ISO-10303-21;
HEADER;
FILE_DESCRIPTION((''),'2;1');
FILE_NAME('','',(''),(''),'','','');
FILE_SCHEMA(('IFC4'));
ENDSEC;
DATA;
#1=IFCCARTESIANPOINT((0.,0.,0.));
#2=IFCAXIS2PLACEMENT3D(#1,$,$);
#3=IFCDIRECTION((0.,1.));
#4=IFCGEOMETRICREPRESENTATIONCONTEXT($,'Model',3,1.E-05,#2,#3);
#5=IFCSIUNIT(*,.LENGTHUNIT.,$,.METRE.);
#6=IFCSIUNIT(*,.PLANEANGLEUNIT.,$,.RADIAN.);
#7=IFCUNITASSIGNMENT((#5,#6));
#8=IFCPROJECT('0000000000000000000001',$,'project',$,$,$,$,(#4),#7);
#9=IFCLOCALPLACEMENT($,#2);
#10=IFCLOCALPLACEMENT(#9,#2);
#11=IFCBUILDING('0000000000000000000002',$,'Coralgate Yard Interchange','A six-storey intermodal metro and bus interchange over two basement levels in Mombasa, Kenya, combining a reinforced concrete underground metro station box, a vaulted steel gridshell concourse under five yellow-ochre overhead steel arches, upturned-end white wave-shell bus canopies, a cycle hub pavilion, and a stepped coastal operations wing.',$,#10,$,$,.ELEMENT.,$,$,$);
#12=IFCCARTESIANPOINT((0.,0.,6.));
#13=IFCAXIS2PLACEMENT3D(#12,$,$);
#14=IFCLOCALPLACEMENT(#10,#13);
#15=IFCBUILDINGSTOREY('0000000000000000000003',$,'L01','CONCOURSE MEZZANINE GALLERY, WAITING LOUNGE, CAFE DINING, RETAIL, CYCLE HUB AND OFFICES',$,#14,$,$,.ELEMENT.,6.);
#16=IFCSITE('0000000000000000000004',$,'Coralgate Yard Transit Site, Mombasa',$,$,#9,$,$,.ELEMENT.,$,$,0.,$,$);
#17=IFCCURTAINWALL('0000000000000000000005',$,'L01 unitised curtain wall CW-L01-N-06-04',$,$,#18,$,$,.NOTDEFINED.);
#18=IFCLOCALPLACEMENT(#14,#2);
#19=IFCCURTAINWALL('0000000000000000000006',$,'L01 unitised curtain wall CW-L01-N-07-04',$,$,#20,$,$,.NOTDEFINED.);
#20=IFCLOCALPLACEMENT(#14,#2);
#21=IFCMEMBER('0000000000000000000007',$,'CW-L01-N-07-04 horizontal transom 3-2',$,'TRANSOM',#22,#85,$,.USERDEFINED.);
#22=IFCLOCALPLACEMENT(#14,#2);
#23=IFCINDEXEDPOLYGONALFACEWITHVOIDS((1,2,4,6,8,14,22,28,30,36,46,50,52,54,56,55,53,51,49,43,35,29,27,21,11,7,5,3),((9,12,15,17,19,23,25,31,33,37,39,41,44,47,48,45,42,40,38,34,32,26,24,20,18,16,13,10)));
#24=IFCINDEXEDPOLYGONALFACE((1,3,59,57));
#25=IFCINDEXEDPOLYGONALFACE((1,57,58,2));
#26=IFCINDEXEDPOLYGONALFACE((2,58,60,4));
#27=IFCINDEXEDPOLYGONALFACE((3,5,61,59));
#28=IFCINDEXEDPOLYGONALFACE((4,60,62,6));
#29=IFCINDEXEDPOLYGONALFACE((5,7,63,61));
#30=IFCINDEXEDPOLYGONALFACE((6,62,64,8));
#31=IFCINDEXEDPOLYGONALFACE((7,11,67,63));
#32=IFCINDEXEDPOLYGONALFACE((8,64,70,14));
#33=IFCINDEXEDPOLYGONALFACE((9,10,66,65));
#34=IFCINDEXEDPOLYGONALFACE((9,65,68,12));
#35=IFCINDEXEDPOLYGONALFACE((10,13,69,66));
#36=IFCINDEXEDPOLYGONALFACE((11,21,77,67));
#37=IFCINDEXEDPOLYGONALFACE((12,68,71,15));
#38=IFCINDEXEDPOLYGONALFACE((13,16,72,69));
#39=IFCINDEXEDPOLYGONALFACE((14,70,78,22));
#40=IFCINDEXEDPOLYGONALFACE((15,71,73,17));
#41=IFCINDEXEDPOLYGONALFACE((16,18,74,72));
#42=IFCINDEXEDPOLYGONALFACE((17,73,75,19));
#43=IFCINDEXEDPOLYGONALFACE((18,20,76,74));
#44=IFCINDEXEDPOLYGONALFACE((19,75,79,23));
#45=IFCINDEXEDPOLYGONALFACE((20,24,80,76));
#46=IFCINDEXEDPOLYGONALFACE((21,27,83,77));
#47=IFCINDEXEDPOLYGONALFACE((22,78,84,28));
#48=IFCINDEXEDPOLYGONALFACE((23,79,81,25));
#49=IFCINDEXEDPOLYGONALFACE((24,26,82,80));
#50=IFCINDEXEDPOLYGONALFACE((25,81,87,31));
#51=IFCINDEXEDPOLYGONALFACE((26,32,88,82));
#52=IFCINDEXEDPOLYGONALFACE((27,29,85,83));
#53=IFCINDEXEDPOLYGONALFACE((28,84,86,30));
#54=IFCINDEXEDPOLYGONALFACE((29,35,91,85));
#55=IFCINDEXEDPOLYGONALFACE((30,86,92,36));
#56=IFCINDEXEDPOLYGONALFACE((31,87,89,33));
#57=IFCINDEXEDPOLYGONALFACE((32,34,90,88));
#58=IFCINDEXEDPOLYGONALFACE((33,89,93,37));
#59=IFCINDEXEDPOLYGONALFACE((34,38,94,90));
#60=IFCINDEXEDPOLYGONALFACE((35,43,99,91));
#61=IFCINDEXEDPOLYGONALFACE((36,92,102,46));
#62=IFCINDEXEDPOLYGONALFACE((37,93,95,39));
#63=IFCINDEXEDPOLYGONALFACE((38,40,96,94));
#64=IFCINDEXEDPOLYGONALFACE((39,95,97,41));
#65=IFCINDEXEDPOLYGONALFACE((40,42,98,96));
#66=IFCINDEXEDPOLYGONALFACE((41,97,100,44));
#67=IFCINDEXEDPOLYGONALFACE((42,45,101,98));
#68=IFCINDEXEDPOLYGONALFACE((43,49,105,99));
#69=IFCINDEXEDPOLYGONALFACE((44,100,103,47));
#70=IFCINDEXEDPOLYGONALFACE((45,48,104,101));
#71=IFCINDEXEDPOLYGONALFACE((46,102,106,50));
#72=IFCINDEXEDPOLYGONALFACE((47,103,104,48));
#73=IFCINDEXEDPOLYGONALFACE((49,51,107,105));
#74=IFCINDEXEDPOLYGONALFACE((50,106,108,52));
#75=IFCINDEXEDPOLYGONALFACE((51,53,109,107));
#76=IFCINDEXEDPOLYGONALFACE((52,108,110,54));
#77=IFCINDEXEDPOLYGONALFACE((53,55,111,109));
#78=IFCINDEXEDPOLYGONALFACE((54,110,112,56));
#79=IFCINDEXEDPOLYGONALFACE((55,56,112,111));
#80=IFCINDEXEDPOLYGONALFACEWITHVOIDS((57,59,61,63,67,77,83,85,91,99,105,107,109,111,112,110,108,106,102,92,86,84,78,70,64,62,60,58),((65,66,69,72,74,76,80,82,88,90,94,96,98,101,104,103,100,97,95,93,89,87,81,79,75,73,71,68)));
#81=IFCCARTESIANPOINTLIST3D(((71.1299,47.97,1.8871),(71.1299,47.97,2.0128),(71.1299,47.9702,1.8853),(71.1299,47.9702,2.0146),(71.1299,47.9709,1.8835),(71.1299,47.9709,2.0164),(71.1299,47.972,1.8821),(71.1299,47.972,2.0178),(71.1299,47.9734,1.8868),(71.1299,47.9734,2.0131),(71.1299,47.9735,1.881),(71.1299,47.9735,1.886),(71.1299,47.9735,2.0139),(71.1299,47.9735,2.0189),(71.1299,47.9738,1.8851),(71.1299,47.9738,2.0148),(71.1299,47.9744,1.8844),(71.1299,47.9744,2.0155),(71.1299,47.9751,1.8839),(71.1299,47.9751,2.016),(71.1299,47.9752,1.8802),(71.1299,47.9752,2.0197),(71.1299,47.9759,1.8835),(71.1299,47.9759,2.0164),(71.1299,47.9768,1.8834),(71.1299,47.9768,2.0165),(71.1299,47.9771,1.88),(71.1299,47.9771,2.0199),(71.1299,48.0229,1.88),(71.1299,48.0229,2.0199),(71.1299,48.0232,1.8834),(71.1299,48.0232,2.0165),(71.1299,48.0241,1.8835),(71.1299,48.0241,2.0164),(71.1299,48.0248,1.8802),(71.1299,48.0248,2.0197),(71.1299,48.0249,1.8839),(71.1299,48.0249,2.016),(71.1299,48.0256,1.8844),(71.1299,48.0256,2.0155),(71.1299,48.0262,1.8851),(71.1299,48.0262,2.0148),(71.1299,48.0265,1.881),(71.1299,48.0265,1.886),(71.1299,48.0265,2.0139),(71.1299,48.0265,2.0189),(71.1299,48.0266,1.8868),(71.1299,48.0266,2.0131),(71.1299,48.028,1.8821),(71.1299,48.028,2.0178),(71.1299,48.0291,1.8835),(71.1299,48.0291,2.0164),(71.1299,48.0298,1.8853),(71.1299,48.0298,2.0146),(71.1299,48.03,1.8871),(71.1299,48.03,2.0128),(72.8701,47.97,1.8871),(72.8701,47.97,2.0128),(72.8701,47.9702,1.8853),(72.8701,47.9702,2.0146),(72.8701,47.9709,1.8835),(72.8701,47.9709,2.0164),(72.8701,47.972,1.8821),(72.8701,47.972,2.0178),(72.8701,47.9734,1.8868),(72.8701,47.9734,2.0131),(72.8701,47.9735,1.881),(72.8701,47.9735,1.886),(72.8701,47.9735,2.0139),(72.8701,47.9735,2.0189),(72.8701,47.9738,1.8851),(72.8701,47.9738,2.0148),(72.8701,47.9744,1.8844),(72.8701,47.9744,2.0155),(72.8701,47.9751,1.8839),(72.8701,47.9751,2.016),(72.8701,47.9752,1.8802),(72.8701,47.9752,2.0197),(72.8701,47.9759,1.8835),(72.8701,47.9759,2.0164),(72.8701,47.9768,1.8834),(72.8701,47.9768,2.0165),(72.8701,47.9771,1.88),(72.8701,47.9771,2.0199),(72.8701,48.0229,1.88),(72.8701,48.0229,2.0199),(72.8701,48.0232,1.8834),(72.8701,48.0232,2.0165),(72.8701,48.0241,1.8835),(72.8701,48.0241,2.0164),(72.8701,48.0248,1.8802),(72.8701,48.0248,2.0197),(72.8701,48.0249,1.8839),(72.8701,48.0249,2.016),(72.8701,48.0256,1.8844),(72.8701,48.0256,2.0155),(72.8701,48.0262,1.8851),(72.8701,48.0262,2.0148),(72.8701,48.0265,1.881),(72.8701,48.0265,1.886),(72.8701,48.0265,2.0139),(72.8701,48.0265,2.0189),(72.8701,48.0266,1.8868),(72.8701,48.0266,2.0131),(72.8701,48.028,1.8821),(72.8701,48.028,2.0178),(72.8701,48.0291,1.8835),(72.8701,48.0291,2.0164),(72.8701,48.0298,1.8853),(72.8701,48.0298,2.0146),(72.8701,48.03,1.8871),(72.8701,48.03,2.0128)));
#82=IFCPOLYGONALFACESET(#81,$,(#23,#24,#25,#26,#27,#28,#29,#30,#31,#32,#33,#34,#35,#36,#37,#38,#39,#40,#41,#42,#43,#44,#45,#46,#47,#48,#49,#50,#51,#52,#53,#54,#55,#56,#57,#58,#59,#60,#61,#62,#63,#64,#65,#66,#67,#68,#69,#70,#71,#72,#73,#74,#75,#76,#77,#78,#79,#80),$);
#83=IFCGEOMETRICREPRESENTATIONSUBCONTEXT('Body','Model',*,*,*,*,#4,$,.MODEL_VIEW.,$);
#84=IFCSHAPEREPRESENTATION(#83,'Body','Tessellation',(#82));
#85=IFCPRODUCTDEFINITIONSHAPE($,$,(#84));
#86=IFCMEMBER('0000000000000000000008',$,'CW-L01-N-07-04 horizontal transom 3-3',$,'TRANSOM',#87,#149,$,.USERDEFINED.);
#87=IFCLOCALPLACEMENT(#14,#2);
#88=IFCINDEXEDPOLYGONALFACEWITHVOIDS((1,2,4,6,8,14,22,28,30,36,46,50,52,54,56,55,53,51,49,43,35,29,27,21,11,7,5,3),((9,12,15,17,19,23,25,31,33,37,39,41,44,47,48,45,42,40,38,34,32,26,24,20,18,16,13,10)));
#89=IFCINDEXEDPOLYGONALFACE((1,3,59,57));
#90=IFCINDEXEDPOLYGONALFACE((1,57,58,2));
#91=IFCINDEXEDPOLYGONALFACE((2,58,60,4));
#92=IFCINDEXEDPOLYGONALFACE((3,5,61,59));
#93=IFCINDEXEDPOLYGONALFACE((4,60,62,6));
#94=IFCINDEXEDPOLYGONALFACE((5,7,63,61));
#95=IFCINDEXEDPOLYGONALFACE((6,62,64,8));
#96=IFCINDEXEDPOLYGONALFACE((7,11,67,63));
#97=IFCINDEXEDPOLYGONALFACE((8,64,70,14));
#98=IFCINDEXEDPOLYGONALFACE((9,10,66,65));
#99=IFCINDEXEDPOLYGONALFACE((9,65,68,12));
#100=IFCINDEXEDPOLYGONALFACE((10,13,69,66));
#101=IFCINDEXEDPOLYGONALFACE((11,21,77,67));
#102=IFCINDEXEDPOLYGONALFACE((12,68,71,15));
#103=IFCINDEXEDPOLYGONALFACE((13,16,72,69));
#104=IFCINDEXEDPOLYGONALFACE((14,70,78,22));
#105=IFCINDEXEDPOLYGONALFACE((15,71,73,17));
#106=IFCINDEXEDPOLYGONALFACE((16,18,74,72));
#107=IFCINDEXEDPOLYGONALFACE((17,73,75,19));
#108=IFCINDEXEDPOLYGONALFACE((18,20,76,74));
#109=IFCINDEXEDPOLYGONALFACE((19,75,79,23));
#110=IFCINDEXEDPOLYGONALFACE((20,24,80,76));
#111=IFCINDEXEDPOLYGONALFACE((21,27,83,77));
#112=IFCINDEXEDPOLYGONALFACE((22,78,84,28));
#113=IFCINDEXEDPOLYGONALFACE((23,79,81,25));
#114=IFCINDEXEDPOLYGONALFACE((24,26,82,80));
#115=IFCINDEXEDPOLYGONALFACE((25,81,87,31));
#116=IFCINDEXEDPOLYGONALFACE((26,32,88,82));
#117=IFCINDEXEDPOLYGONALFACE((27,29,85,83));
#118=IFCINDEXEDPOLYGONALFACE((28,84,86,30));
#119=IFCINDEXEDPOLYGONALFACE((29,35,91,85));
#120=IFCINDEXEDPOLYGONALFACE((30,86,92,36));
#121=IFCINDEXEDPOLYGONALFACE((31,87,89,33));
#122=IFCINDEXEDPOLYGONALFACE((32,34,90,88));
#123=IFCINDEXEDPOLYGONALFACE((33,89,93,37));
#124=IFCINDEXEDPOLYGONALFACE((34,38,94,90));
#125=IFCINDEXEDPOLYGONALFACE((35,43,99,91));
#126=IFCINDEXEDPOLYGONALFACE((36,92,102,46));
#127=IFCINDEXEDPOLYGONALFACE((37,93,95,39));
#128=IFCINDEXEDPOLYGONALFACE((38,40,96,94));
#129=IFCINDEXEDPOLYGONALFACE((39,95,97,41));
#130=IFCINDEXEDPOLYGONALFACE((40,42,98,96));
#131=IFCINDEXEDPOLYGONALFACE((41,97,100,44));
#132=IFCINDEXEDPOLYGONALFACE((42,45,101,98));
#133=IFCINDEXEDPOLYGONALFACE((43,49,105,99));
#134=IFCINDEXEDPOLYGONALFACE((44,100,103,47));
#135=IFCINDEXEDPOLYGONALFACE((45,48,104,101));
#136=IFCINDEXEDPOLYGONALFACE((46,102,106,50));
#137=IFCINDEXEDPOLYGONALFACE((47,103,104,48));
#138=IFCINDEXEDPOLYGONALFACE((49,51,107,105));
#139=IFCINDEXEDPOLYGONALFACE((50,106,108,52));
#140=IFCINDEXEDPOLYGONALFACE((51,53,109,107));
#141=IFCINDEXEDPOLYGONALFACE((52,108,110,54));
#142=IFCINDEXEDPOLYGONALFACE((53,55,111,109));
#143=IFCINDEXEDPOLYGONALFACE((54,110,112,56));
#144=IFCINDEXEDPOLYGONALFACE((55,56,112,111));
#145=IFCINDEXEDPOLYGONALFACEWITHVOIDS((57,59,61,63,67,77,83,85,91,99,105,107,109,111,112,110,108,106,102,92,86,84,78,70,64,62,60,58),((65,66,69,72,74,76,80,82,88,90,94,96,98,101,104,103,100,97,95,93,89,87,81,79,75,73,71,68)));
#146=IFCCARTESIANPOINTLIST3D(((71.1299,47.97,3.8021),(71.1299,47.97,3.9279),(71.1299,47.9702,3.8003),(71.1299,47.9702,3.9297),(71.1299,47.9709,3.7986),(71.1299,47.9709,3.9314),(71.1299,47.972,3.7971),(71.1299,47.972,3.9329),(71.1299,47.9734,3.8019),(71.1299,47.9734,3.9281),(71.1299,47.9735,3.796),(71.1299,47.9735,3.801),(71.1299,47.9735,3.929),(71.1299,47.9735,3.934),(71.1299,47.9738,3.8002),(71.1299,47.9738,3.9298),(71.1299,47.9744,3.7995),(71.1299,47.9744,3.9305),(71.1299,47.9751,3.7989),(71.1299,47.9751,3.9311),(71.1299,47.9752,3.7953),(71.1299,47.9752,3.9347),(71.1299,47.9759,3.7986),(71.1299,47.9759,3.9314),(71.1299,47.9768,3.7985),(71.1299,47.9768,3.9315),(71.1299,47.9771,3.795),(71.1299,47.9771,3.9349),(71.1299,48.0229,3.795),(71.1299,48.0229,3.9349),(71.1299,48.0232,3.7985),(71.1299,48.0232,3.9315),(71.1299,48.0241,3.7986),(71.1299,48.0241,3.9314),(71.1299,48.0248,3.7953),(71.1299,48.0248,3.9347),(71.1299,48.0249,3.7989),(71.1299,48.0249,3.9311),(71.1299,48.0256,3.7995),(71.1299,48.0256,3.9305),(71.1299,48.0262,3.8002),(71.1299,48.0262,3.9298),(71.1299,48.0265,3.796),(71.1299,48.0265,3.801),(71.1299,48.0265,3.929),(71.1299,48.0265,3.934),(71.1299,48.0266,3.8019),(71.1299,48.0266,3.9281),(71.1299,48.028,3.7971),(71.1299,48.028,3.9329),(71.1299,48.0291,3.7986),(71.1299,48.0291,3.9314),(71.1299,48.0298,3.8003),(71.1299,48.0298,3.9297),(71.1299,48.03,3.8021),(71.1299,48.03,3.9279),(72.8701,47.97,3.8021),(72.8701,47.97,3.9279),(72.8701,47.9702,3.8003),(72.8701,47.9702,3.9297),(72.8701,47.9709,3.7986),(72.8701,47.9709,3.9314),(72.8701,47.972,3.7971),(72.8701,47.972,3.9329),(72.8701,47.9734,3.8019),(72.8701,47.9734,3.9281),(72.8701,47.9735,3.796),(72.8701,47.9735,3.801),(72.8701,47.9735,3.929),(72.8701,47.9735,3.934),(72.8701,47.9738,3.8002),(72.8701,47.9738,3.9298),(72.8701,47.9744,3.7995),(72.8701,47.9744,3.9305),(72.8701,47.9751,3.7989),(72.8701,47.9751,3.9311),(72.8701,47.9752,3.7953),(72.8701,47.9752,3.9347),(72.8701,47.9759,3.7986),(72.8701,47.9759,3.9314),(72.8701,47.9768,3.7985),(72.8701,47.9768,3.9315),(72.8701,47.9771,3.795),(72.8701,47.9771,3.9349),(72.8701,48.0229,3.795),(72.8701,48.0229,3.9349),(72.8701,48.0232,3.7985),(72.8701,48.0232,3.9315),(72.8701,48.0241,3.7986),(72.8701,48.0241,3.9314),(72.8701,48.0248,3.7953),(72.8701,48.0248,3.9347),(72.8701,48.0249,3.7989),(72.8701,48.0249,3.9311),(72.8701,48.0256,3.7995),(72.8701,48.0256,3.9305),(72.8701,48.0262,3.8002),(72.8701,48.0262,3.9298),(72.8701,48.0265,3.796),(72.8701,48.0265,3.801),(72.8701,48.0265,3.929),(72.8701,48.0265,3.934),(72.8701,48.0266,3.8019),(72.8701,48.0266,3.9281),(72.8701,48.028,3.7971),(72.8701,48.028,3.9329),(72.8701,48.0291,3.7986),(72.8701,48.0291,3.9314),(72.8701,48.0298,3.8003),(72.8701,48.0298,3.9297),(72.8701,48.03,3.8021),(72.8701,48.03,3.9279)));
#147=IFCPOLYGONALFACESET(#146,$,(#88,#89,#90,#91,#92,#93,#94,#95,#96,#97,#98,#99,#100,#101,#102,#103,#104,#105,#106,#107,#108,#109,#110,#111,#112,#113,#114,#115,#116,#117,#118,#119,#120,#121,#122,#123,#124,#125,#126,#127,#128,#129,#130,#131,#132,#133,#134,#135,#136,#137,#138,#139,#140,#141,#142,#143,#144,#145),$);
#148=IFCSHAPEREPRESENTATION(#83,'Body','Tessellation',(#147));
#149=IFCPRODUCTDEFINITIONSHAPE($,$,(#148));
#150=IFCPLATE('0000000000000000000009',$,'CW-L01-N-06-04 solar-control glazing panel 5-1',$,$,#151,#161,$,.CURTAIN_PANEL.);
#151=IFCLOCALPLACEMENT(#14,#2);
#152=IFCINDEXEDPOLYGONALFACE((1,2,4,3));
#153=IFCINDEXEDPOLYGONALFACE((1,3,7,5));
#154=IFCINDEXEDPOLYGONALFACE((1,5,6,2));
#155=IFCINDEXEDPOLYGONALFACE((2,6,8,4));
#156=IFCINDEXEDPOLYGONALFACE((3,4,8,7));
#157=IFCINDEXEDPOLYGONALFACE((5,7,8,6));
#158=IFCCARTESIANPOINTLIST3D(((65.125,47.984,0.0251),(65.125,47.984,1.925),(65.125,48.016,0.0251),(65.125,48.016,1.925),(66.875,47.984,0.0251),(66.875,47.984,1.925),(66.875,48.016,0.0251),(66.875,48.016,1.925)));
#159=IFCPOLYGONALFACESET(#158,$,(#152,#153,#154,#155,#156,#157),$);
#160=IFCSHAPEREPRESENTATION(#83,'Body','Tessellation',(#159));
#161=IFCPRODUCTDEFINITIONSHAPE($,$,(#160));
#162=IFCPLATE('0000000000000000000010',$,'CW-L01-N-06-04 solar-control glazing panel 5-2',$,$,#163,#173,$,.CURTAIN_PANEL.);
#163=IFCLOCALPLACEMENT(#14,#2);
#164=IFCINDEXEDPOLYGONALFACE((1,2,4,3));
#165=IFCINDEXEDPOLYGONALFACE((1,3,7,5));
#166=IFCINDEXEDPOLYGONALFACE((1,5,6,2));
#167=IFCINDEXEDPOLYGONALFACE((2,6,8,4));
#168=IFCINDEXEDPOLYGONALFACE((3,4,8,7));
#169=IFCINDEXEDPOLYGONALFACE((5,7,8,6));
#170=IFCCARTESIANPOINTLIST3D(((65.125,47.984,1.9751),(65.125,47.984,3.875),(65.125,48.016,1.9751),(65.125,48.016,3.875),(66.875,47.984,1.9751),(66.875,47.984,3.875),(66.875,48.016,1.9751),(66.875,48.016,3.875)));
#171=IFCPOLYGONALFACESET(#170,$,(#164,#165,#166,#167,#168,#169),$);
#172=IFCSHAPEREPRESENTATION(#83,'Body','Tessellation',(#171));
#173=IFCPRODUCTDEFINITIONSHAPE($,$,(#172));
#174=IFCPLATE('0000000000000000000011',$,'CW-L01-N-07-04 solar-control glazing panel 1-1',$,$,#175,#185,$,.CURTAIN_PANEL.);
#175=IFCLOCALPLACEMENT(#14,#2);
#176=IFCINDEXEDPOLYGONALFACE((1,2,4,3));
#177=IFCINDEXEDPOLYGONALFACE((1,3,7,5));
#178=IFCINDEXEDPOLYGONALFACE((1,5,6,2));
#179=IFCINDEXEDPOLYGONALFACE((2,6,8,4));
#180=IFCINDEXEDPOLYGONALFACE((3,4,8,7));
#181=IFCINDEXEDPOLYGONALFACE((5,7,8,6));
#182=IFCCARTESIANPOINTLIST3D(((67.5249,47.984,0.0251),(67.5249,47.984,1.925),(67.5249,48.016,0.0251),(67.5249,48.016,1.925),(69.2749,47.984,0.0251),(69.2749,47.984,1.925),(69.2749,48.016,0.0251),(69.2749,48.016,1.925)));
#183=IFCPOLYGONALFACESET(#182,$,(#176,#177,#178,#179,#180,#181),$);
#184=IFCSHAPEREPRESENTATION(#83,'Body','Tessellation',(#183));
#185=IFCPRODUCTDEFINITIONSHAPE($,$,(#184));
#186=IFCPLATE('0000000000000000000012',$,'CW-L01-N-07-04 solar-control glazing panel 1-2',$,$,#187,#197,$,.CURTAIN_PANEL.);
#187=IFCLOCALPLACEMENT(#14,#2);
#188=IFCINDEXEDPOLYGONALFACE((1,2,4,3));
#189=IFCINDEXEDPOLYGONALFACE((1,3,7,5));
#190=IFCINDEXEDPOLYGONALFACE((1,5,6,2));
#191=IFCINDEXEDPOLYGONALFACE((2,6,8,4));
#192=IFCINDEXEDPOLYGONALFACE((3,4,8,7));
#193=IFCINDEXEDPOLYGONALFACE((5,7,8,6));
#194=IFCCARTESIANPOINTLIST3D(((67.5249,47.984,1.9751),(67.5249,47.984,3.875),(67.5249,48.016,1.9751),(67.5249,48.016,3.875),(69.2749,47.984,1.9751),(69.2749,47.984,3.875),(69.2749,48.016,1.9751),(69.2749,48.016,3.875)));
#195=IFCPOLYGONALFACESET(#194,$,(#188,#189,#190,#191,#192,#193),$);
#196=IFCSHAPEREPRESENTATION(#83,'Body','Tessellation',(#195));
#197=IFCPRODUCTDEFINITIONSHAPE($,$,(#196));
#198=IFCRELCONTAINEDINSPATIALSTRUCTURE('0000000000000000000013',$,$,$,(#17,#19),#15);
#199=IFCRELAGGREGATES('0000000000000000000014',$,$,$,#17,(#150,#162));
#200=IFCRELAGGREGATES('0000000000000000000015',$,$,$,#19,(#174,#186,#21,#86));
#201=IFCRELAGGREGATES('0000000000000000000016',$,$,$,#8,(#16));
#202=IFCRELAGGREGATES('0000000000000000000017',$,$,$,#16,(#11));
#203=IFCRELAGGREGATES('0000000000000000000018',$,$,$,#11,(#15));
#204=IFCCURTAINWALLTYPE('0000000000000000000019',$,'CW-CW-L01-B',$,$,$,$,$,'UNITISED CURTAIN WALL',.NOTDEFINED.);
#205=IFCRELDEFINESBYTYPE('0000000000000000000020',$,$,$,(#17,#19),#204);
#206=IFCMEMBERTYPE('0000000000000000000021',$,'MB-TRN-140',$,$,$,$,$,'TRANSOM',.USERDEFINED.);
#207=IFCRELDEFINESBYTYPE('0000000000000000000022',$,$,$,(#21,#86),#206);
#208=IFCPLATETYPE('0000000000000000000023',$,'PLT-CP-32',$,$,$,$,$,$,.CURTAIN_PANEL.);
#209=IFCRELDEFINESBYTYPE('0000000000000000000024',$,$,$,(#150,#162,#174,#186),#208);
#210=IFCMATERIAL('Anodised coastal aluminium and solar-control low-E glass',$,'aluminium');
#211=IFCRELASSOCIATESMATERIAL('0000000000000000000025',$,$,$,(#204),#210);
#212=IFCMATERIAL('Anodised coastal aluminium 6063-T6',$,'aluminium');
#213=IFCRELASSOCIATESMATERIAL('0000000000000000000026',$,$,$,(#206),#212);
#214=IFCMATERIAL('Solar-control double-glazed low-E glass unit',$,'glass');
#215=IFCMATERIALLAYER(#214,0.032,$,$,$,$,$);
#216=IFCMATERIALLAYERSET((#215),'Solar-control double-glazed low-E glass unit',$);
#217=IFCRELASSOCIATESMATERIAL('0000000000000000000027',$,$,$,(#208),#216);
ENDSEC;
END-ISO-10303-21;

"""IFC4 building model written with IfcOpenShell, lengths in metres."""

from ifc_helpers import new_model, si_unit, direction, frame, origin, origin_2d, place, context, subcontext, project, spatial, rectangle, hollow_rectangle, extrude, material, layer, layer_set, material_profile, profile_set, type_object, element, aggregate, save


model = new_model("IFC4")

# Units and contexts
model_context = context("Model", 3, precision=1e-05, world=origin(), true_north=direction((0.0, 1.0)))
body_context = subcontext(model_context, "Body", "Model", "MODEL_VIEW")
ifc_project = project(units=[si_unit("LENGTHUNIT", "METRE"), si_unit("PLANEANGLEUNIT", "RADIAN")], contexts=[model_context])

# Site, building, storey
site_placement = place(None, origin())
site = spatial("IfcSite", under=ifc_project, at=site_placement, Name="Coralgate Yard Transit Site, Mombasa", CompositionType="ELEMENT", RefElevation=0.0)
building_placement = place(site_placement, origin())
building = spatial("IfcBuilding", under=site, at=building_placement, Name="Coralgate Yard Interchange", Description="A six-storey intermodal metro and bus interchange over two basement levels in Mombasa, Kenya, combining a reinforced concrete underground metro station box, a vaulted steel gridshell concourse under five yellow-ochre overhead steel arches, upturned-end white wave-shell bus canopies, a cycle hub pavilion, and a stepped coastal operations wing.", CompositionType="ELEMENT")
storey_placement = place(building_placement, frame((0.0, 0.0, 6.0)))
storey = spatial("IfcBuildingStorey", under=building, at=storey_placement, Name="L01", Description="CONCOURSE MEZZANINE GALLERY, WAITING LOUNGE, CAFE DINING, RETAIL, CYCLE HUB AND OFFICES", CompositionType="ELEMENT", Elevation=6.0)

# Curtain walls
ifc_material_1 = material(Name="Anodised coastal aluminium and solar-control low-E glass", Category="aluminium")
curtain_wall_type = type_object("IfcCurtainWallType", Name="CW-CW-L01-B", ElementType="UNITISED CURTAIN WALL", PredefinedType="NOTDEFINED", material=ifc_material_1)
curtain_wall_1_placement = place(storey_placement, origin())
curtain_wall_1 = element("IfcCurtainWall", 1, at=curtain_wall_1_placement, inside=storey, type_object=curtain_wall_type, Name="L01 unitised curtain wall CW-L01-N-06-04", PredefinedType="NOTDEFINED")
ifc_material_2 = material(Name="Anodised coastal aluminium 6063-T6", Category="aluminium")
curtain_wall_2_placement = place(storey_placement, origin())
curtain_wall_2 = element("IfcCurtainWall", 2, at=curtain_wall_2_placement, inside=storey, type_object=curtain_wall_type, Name="L01 unitised curtain wall CW-L01-N-07-04", PredefinedType="NOTDEFINED")

# Members
ifc_material_profile_1 = material_profile(ifc_material_2, hollow_rectangle(XDim=0.0601, YDim=0.1399, WallThickness=0.0034, InnerFilletRadius=0.0034, OuterFilletRadius=0.0071, at=origin_2d()), Name="ALU 60x140x3.5")
ifc_profile_set_1 = profile_set([ifc_material_profile_1], Name="Anodised coastal aluminium 6063-T6")
member_type_1 = type_object("IfcMemberType", Name="MB-TRN-140", ElementType="TRANSOM", PredefinedType="USERDEFINED", material=ifc_profile_set_1)
member_1_placement = place(storey_placement, frame((71.1299, 48.0, 1.95), z_axis=(1.0, 0.0, 0.0), x_axis=(0.0, 1.0, 0.0)))
member_1 = element("IfcMember", 3, at=member_1_placement, type_object=member_type_1, Name="CW-L01-N-07-04 horizontal transom 3-2", ObjectType="TRANSOM", PredefinedType="USERDEFINED", context=body_context, shape_type="SweptSolid", body=[
    extrude(hollow_rectangle(XDim=0.0601, YDim=0.1399, WallThickness=0.0034, InnerFilletRadius=0.0034, OuterFilletRadius=0.0071, at=origin_2d()), origin(), (0.0, 0.0, 1.0), 1.7402),
])
member_2_placement = place(storey_placement, frame((71.1299, 48.0, 3.865), z_axis=(1.0, 0.0, 0.0), x_axis=(0.0, 1.0, 0.0)))
member_2 = element("IfcMember", 4, at=member_2_placement, type_object=member_type_1, Name="CW-L01-N-07-04 horizontal transom 3-3", ObjectType="TRANSOM", PredefinedType="USERDEFINED", context=body_context, shape_type="SweptSolid", body=[
    extrude(hollow_rectangle(XDim=0.0601, YDim=0.1399, WallThickness=0.0034, InnerFilletRadius=0.0034, OuterFilletRadius=0.0071, at=origin_2d()), origin(), (0.0, 0.0, 1.0), 1.7402),
])

# Plates
ifc_material_3 = material(Name="Solar-control double-glazed low-E glass unit", Category="glass")
ifc_layer = layer(ifc_material_3, 0.032)
ifc_layer_set = layer_set([ifc_layer], Name="Solar-control double-glazed low-E glass unit")
plate_type = type_object("IfcPlateType", Name="PLT-CP-32", PredefinedType="CURTAIN_PANEL", material=ifc_layer_set)
plate_1_placement = place(storey_placement, frame((66.0, 48.0, 0.0251), z_axis=(0.0, 0.0, 1.0), x_axis=(1.0, 0.0, 0.0)))
plate_1 = element("IfcPlate", 5, at=plate_1_placement, type_object=plate_type, Name="CW-L01-N-06-04 solar-control glazing panel 5-1", PredefinedType="CURTAIN_PANEL", context=body_context, shape_type="SweptSolid", body=[
    extrude(rectangle(XDim=1.75, YDim=0.032, at=origin_2d()), origin(), (0.0, 0.0, 1.0), 1.8999),
])
plate_2_placement = place(storey_placement, frame((66.0, 48.0, 1.9751), z_axis=(0.0, 0.0, 1.0), x_axis=(1.0, 0.0, 0.0)))
plate_2 = element("IfcPlate", 6, at=plate_2_placement, type_object=plate_type, Name="CW-L01-N-06-04 solar-control glazing panel 5-2", PredefinedType="CURTAIN_PANEL", context=body_context, shape_type="SweptSolid", body=[
    extrude(rectangle(XDim=1.75, YDim=0.032, at=origin_2d()), origin(), (0.0, 0.0, 1.0), 1.8999),
])
aggregate(curtain_wall_1, [plate_1, plate_2])
plate_3_placement = place(storey_placement, frame((68.3999, 48.0, 0.0251), z_axis=(0.0, 0.0, 1.0), x_axis=(1.0, 0.0, 0.0)))
plate_3 = element("IfcPlate", 7, at=plate_3_placement, type_object=plate_type, Name="CW-L01-N-07-04 solar-control glazing panel 1-1", PredefinedType="CURTAIN_PANEL", context=body_context, shape_type="SweptSolid", body=[
    extrude(rectangle(XDim=1.75, YDim=0.032, at=origin_2d()), origin(), (0.0, 0.0, 1.0), 1.8999),
])
plate_4_placement = place(storey_placement, frame((68.3999, 48.0, 1.9751), z_axis=(0.0, 0.0, 1.0), x_axis=(1.0, 0.0, 0.0)))
plate_4 = element("IfcPlate", 8, at=plate_4_placement, type_object=plate_type, Name="CW-L01-N-07-04 solar-control glazing panel 1-2", PredefinedType="CURTAIN_PANEL", context=body_context, shape_type="SweptSolid", body=[
    extrude(rectangle(XDim=1.75, YDim=0.032, at=origin_2d()), origin(), (0.0, 0.0, 1.0), 1.8999),
])
aggregate(curtain_wall_2, [plate_3, plate_4, member_1, member_2])

save(model, "model.ifc")
